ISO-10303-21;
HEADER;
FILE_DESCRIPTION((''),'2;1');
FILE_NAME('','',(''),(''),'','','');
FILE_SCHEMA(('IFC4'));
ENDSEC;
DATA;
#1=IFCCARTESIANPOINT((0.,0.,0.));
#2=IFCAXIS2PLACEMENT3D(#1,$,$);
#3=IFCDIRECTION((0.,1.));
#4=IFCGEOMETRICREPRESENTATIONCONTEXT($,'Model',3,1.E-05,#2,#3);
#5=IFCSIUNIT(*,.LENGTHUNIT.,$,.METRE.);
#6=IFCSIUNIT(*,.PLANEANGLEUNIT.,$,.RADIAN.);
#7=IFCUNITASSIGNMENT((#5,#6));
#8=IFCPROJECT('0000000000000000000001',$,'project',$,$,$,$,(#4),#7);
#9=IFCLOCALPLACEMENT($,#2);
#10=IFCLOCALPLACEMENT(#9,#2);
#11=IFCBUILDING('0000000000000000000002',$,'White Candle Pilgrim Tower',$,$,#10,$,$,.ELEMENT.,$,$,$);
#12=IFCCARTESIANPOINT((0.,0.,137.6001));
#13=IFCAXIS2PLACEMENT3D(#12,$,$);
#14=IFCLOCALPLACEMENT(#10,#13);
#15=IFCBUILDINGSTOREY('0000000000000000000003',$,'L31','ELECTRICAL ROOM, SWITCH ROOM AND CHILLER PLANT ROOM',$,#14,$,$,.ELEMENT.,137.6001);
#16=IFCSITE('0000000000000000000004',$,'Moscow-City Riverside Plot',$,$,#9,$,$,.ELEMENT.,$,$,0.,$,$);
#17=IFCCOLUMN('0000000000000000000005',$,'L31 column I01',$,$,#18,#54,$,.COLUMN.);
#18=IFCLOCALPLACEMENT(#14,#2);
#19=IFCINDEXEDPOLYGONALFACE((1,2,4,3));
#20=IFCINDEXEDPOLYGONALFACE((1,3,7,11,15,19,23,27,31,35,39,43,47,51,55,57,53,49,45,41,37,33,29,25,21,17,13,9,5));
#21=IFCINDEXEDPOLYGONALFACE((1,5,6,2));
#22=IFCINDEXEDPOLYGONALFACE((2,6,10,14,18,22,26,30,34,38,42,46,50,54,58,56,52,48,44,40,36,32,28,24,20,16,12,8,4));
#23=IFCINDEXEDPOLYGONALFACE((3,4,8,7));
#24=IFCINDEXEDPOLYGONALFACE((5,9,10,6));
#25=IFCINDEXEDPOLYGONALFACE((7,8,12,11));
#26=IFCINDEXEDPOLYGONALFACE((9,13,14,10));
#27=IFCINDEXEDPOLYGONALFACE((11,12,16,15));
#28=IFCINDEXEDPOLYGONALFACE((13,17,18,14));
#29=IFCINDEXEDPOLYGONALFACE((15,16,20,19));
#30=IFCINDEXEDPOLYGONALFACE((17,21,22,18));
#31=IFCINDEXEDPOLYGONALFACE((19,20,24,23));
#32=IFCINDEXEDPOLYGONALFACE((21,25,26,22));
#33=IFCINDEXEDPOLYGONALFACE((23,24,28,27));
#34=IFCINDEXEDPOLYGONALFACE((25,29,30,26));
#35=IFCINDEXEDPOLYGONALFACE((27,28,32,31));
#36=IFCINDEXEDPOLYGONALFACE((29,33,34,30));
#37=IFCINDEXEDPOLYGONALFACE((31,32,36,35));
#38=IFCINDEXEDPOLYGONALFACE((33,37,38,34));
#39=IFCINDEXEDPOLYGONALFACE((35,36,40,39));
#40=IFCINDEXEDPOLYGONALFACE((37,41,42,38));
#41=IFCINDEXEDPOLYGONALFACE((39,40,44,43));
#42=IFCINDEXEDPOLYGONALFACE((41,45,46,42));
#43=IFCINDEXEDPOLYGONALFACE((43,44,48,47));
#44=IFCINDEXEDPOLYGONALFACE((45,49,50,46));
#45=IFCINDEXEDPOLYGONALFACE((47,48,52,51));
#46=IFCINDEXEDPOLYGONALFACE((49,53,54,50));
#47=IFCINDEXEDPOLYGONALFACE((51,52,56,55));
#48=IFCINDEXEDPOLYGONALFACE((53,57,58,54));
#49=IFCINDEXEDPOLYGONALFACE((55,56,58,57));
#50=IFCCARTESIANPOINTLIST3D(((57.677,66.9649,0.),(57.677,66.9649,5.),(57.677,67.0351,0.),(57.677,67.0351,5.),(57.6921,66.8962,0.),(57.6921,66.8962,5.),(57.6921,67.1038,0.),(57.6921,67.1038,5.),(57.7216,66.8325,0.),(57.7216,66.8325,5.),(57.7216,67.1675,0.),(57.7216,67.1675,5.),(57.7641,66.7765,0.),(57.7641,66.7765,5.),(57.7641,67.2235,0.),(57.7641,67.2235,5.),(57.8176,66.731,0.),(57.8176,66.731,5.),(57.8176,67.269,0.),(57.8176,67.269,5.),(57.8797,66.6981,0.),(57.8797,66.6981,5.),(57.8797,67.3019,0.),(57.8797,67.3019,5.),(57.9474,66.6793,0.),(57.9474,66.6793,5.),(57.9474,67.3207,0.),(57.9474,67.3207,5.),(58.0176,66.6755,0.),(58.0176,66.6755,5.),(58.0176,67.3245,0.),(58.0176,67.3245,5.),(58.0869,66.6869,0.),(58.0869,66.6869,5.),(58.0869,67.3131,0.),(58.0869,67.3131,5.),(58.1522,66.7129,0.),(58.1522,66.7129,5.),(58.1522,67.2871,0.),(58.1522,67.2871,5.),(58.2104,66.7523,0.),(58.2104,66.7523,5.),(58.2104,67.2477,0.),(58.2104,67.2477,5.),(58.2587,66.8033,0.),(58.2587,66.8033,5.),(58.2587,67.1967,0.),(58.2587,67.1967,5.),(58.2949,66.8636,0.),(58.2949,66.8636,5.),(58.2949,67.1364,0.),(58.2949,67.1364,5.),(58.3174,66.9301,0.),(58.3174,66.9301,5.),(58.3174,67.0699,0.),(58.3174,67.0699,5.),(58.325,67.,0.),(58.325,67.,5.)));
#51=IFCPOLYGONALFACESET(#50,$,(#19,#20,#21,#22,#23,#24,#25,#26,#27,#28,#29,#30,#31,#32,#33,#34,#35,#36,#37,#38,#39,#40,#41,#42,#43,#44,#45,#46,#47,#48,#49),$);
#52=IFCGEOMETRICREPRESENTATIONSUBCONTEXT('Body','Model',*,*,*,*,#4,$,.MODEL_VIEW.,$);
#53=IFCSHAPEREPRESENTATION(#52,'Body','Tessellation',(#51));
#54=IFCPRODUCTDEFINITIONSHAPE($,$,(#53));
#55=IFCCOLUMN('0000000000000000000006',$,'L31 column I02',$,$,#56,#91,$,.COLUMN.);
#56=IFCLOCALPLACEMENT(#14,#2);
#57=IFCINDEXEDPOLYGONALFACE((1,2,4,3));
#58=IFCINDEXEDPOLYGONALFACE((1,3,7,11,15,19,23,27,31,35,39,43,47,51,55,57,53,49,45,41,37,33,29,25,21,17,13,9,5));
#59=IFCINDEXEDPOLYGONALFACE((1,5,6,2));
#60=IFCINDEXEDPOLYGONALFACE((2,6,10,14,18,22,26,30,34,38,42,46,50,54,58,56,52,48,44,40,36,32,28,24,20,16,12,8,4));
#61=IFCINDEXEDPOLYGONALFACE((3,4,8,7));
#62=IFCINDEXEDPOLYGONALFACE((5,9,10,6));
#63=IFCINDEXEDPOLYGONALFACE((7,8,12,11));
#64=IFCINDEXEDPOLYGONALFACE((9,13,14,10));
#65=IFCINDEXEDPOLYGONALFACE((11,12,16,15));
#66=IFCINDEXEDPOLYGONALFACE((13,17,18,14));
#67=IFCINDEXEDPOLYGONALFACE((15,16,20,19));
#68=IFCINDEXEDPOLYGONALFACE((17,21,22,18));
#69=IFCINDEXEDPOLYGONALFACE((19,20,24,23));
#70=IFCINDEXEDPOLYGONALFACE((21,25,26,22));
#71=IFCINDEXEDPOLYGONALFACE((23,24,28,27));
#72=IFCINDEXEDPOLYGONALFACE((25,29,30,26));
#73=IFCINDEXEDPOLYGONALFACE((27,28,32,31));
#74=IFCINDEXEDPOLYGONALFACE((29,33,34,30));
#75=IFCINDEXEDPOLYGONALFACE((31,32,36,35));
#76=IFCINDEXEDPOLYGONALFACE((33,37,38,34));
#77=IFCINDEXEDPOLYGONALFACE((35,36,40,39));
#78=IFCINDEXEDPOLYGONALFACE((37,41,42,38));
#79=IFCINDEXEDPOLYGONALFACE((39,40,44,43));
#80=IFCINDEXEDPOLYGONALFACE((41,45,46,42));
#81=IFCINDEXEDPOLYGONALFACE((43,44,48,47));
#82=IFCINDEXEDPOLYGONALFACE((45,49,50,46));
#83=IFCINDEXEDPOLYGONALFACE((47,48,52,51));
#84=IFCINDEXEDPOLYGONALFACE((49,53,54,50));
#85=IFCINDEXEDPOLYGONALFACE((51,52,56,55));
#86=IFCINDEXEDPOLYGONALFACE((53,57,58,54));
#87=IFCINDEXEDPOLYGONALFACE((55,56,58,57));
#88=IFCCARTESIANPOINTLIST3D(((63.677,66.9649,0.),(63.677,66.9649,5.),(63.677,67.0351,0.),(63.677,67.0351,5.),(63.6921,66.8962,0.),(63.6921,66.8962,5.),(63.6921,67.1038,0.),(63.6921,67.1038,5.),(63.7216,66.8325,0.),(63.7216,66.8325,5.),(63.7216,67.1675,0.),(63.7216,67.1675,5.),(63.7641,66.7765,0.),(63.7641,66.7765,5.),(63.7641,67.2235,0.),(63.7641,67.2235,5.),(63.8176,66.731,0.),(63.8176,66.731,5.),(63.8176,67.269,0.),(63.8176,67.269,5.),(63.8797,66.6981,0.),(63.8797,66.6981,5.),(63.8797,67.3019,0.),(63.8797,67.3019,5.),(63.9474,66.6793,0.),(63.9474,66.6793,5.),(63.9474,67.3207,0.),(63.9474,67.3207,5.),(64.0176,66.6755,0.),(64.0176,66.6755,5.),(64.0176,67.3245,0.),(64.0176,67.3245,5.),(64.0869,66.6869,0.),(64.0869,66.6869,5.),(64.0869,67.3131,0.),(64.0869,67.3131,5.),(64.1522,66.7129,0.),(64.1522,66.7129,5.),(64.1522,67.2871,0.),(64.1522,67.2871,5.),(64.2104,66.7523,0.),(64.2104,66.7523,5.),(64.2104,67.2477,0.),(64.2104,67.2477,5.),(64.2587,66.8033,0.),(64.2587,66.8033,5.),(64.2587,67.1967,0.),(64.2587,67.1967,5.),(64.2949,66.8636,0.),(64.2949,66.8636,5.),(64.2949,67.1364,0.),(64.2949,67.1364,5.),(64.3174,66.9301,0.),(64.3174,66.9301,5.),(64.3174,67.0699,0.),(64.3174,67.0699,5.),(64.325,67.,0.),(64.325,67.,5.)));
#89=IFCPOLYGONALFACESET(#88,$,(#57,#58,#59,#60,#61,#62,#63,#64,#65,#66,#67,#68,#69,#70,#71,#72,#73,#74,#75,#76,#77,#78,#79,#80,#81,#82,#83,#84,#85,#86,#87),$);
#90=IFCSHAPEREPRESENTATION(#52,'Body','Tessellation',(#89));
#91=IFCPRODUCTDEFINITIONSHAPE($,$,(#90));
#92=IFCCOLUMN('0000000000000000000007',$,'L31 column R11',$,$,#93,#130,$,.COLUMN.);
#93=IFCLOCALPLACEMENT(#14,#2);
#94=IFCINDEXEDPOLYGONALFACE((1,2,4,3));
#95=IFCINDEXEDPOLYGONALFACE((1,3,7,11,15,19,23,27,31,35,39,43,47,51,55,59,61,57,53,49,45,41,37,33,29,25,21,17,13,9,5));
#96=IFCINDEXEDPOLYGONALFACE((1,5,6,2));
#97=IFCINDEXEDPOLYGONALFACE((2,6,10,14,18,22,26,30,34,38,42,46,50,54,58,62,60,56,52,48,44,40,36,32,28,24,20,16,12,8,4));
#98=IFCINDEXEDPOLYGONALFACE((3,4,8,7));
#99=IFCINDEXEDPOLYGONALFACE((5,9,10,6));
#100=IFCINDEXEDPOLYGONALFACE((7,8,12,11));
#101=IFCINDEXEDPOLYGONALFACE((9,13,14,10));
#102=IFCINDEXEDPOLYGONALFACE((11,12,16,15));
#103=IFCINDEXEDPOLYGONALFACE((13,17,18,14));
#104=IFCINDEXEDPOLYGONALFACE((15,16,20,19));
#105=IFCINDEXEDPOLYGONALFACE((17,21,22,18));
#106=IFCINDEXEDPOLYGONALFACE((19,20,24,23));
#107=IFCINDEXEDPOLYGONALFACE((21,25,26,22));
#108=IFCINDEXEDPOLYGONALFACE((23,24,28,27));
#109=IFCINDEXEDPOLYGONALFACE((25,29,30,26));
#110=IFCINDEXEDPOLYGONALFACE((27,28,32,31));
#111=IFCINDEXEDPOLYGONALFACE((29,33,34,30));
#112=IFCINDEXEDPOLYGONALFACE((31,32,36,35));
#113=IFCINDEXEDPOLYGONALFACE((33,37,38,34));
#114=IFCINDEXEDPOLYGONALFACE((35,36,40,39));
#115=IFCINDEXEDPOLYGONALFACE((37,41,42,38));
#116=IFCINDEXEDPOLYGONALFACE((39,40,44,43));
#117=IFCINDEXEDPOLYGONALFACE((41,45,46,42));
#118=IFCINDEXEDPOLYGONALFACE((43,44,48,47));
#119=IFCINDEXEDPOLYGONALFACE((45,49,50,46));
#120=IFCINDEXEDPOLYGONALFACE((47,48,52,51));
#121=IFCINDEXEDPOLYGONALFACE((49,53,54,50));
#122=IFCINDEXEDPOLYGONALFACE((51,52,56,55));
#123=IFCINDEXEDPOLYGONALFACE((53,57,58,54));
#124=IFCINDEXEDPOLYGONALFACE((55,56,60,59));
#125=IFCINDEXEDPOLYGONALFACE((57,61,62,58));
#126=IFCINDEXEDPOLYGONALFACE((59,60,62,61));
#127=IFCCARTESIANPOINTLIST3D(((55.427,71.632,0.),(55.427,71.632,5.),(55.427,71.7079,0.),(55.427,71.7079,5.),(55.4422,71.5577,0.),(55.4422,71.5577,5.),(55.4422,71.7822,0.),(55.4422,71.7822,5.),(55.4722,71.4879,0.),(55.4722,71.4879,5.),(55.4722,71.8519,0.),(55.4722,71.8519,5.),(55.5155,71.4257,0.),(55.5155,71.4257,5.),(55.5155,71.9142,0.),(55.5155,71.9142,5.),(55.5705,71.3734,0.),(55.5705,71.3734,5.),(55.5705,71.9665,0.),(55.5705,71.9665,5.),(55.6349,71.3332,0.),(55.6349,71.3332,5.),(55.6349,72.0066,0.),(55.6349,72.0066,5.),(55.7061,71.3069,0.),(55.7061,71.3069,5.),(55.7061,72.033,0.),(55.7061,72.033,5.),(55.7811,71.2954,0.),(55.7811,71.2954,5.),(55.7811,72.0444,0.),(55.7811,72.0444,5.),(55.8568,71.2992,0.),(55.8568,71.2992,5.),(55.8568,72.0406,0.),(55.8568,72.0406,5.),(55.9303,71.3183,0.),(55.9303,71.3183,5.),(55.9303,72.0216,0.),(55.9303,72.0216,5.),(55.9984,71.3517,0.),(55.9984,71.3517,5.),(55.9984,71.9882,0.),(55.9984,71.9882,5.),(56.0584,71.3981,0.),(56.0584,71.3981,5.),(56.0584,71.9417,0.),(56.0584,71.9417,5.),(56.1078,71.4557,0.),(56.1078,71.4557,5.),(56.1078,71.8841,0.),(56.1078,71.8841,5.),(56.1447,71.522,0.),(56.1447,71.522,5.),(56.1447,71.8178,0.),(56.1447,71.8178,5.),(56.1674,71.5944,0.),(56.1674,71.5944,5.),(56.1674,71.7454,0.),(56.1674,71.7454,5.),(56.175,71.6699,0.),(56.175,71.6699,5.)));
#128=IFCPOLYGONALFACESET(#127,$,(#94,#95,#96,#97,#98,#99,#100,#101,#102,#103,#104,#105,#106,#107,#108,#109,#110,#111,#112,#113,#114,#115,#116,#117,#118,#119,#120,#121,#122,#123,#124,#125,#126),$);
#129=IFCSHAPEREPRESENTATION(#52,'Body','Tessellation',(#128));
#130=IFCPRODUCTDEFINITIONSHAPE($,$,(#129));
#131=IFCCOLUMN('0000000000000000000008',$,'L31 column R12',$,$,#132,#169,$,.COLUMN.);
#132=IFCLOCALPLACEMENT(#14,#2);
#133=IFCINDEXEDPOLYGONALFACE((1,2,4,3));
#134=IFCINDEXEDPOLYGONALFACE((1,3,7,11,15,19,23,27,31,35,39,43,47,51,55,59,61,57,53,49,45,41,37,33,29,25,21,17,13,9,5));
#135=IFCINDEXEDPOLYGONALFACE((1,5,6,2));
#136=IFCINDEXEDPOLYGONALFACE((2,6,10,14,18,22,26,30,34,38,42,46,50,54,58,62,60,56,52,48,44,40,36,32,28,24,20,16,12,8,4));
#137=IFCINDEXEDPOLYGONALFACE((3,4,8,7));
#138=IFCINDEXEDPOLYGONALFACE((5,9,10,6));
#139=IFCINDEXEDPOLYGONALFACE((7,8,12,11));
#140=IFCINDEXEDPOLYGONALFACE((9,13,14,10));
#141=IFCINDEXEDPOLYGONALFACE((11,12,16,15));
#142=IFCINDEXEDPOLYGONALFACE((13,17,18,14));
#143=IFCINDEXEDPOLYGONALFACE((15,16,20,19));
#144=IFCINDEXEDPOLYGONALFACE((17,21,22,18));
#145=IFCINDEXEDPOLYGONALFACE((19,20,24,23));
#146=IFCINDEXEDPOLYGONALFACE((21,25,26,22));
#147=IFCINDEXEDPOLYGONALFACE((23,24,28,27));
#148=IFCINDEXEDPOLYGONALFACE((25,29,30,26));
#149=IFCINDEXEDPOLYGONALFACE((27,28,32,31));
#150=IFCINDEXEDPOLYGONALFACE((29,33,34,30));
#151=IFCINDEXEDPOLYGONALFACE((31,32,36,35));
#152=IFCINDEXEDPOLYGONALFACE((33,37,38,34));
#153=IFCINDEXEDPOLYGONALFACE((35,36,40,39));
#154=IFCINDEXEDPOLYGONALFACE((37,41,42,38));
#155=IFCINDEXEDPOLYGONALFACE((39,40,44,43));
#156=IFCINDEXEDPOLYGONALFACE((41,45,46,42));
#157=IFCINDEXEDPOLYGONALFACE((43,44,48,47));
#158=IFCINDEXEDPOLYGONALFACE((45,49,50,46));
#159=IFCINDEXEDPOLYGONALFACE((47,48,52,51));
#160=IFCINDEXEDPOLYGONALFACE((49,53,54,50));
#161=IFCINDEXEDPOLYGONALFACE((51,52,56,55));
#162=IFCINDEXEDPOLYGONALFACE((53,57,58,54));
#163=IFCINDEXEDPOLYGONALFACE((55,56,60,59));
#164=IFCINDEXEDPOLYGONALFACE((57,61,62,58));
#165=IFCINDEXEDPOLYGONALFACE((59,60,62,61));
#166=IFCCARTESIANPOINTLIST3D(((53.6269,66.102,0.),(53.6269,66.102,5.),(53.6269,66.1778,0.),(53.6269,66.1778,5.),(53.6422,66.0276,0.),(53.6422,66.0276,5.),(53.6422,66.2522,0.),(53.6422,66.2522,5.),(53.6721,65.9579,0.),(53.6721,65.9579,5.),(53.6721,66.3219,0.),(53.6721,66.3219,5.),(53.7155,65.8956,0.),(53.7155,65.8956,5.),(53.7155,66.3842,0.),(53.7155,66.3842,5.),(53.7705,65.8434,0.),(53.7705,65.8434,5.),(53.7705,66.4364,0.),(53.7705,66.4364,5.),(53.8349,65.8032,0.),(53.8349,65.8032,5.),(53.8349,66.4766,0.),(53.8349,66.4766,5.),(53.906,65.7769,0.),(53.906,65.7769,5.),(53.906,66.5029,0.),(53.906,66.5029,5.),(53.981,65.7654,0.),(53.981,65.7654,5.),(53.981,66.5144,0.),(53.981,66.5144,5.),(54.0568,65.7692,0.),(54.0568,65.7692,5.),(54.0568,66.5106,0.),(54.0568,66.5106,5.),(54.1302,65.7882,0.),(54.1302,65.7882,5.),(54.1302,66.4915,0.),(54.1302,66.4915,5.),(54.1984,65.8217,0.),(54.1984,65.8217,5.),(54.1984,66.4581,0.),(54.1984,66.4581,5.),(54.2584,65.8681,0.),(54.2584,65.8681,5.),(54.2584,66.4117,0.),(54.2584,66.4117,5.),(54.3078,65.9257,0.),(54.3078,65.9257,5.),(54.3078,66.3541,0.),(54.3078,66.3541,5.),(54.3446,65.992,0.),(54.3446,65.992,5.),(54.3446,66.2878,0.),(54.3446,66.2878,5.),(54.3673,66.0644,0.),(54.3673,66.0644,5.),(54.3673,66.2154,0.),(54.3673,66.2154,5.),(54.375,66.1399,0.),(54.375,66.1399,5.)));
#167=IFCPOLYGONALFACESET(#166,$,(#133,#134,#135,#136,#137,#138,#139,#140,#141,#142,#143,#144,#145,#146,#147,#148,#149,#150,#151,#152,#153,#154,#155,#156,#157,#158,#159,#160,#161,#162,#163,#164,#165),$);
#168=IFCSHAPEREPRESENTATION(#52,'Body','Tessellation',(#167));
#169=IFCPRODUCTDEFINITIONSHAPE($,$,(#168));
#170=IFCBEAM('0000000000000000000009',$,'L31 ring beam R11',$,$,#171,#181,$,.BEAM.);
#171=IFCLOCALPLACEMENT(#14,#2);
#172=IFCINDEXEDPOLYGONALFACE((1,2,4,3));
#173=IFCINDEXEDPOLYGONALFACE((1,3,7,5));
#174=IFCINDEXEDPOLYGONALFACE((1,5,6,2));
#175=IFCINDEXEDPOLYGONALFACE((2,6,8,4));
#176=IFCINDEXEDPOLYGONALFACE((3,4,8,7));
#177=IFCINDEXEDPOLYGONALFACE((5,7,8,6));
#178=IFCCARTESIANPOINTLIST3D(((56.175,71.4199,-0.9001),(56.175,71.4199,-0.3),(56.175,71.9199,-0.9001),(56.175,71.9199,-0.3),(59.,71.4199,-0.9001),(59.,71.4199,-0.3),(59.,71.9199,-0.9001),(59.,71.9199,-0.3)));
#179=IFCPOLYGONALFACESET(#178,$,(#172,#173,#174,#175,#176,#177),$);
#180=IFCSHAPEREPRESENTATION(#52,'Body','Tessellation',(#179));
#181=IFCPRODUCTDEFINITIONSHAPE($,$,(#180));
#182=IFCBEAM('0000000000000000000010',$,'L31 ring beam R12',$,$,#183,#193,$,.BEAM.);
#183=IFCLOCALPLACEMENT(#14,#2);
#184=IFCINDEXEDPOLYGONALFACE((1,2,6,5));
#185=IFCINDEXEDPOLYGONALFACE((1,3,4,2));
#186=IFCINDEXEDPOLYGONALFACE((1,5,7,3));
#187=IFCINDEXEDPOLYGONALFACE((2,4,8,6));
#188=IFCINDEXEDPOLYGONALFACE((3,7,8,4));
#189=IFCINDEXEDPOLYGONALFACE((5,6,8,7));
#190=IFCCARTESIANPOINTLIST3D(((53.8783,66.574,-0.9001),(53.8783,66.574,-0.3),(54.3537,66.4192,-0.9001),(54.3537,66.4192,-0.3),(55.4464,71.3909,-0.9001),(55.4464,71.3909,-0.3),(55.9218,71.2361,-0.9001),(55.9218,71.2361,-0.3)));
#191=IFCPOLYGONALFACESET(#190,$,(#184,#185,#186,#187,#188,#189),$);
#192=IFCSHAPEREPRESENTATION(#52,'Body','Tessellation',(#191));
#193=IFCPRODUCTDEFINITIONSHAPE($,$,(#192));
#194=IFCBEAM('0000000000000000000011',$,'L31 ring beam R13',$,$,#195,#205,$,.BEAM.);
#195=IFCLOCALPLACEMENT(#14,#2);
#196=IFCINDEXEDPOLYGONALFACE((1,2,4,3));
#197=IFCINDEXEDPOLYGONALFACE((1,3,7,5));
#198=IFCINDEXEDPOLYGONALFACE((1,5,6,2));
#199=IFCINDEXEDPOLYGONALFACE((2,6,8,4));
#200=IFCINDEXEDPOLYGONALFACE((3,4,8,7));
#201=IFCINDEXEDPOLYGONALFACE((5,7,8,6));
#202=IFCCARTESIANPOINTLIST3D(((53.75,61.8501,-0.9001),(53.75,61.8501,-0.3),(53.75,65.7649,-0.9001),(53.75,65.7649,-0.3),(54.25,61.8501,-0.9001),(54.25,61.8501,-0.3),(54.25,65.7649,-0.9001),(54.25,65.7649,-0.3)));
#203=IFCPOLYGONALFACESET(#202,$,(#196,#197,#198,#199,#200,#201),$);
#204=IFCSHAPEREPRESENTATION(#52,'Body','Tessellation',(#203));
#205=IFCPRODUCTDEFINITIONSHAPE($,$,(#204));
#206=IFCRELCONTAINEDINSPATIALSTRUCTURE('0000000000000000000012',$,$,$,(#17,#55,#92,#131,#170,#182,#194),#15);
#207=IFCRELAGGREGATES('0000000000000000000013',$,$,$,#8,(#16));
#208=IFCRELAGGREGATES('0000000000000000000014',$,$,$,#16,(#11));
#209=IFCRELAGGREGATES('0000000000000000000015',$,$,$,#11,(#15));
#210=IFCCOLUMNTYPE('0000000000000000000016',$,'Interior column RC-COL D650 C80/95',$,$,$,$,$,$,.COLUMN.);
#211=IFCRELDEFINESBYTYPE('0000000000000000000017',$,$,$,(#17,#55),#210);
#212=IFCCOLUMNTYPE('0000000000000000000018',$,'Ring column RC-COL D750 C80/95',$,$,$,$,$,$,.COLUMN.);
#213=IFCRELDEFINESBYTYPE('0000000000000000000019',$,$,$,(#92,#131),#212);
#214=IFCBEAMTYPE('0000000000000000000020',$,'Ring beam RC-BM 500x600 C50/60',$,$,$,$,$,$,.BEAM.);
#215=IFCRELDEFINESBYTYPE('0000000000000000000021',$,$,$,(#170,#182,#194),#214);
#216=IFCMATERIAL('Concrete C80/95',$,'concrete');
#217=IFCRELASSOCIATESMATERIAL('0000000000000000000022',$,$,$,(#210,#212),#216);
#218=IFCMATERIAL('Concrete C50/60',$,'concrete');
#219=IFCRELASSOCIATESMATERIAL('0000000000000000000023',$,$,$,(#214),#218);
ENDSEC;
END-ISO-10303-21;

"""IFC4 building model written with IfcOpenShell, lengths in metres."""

from ifc_helpers import new_model, si_unit, direction, frame, origin, origin_2d, place, context, subcontext, project, spatial, rectangle, circle, extrude, material, material_profile, profile_set, type_object, element, save


model = new_model("IFC4")

# Units and contexts
model_context = context("Model", 3, precision=1e-05, world=origin(), true_north=direction((0.0, 1.0)))
body_context = subcontext(model_context, "Body", "Model", "MODEL_VIEW")
ifc_project = project(units=[si_unit("LENGTHUNIT", "METRE"), si_unit("PLANEANGLEUNIT", "RADIAN")], contexts=[model_context])

# Site, building, storey
site_placement = place(None, origin())
site = spatial("IfcSite", under=ifc_project, at=site_placement, Name="Moscow-City Riverside Plot", CompositionType="ELEMENT", RefElevation=0.0)
building_placement = place(site_placement, origin())
building = spatial("IfcBuilding", under=site, at=building_placement, Name="White Candle Pilgrim Tower", CompositionType="ELEMENT")
storey_placement = place(building_placement, frame((0.0, 0.0, 137.6001)))
storey = spatial("IfcBuildingStorey", under=building, at=storey_placement, Name="L31", Description="ELECTRICAL ROOM, SWITCH ROOM AND CHILLER PLANT ROOM", CompositionType="ELEMENT", Elevation=137.6001)

# Columns
ifc_material_1 = material(Name="Concrete C80/95", Category="concrete")
ifc_material_profile_1 = material_profile(ifc_material_1, circle(Radius=0.325, at=origin_2d()), Name="RC-COL D650")
ifc_profile_set_1 = profile_set([ifc_material_profile_1], Name="Concrete C80/95")
column_type_1 = type_object("IfcColumnType", Name="Interior column RC-COL D650 C80/95", PredefinedType="COLUMN", material=ifc_profile_set_1)
for number, where, z_axis, x_axis, name in (
    (1, (58.0, 67.0, 0.0), (0.0, 0.0, 1.0), (1.0, 0.0, 0.0), "L31 column I01"),
    (2, (64.0, 67.0, 0.0), (0.0, 0.0, 1.0), (1.0, 0.0, 0.0), "L31 column I02"),
):
    element("IfcColumn", number, at=place(storey_placement, frame(where, z_axis=z_axis, x_axis=x_axis)), inside=storey, type_object=column_type_1, Name=name, PredefinedType="COLUMN", context=body_context, shape_type="SweptSolid", body=[
        extrude(circle(Radius=0.325, at=origin_2d()), origin(), (0.0, 0.0, 1.0), 5.0),
    ])
ifc_material_profile_2 = material_profile(ifc_material_1, circle(Radius=0.375, at=origin_2d()), Name="RC-COL D750")
ifc_profile_set_2 = profile_set([ifc_material_profile_2], Name="Concrete C80/95")
column_type_2 = type_object("IfcColumnType", Name="Ring column RC-COL D750 C80/95", PredefinedType="COLUMN", material=ifc_profile_set_2)
for number, where, z_axis, x_axis, name in (
    (3, (55.8, 71.6699, 0.0), (0.0, 0.0, 1.0), (1.0, 0.0, 0.0), "L31 column R11"),
    (4, (54.0, 66.1399, 0.0), (0.0, 0.0, 1.0), (1.0, 0.0, 0.0), "L31 column R12"),
):
    element("IfcColumn", number, at=place(storey_placement, frame(where, z_axis=z_axis, x_axis=x_axis)), inside=storey, type_object=column_type_2, Name=name, PredefinedType="COLUMN", context=body_context, shape_type="SweptSolid", body=[
        extrude(circle(Radius=0.375, at=origin_2d()), origin(), (0.0, 0.0, 1.0), 5.0),
    ])

# Beams
ifc_material_2 = material(Name="Concrete C50/60", Category="concrete")
ifc_material_profile_3 = material_profile(ifc_material_2, rectangle(XDim=0.5, YDim=0.6001, at=origin_2d()), Name="RC-BM 500x600")
ifc_profile_set_3 = profile_set([ifc_material_profile_3], Name="Concrete C50/60")
beam_type = type_object("IfcBeamType", Name="Ring beam RC-BM 500x600 C50/60", PredefinedType="BEAM", material=ifc_profile_set_3)
beam_1_placement = place(storey_placement, frame((56.175, 71.6699, -0.6001), z_axis=(1.0, 0.0, 0.0), x_axis=(0.0, 1.0, 0.0)))
element("IfcBeam", 5, at=beam_1_placement, inside=storey, type_object=beam_type, Name="L31 ring beam R11", PredefinedType="BEAM", context=body_context, shape_type="SweptSolid", body=[
    extrude(rectangle(XDim=0.5, YDim=0.6001, at=origin_2d()), origin(), (0.0, 0.0, 1.0), 2.825),
])
beam_2_placement = place(storey_placement, frame((55.6841, 71.3135, -0.6001), z_axis=(-0.309555, -0.950882, 0.0), x_axis=(0.950882, -0.309555, 0.0)))
element("IfcBeam", 6, at=beam_2_placement, inside=storey, type_object=beam_type, Name="L31 ring beam R12", PredefinedType="BEAM", context=body_context, shape_type="SweptSolid", body=[
    extrude(rectangle(XDim=0.5, YDim=0.6001, at=origin_2d()), origin(), (0.0, 0.0, 1.0), 5.0657),
])
beam_3_placement = place(storey_placement, frame((54.0, 65.7649, -0.6001), z_axis=(0.0, -1.0, 0.0), x_axis=(1.0, 0.0, 0.0)))
element("IfcBeam", 7, at=beam_3_placement, inside=storey, type_object=beam_type, Name="L31 ring beam R13", PredefinedType="BEAM", context=body_context, shape_type="SweptSolid", body=[
    extrude(rectangle(XDim=0.5, YDim=0.6001, at=origin_2d()), origin(), (0.0, 0.0, 1.0), 3.9148),
])

save(model, "model.ifc")
